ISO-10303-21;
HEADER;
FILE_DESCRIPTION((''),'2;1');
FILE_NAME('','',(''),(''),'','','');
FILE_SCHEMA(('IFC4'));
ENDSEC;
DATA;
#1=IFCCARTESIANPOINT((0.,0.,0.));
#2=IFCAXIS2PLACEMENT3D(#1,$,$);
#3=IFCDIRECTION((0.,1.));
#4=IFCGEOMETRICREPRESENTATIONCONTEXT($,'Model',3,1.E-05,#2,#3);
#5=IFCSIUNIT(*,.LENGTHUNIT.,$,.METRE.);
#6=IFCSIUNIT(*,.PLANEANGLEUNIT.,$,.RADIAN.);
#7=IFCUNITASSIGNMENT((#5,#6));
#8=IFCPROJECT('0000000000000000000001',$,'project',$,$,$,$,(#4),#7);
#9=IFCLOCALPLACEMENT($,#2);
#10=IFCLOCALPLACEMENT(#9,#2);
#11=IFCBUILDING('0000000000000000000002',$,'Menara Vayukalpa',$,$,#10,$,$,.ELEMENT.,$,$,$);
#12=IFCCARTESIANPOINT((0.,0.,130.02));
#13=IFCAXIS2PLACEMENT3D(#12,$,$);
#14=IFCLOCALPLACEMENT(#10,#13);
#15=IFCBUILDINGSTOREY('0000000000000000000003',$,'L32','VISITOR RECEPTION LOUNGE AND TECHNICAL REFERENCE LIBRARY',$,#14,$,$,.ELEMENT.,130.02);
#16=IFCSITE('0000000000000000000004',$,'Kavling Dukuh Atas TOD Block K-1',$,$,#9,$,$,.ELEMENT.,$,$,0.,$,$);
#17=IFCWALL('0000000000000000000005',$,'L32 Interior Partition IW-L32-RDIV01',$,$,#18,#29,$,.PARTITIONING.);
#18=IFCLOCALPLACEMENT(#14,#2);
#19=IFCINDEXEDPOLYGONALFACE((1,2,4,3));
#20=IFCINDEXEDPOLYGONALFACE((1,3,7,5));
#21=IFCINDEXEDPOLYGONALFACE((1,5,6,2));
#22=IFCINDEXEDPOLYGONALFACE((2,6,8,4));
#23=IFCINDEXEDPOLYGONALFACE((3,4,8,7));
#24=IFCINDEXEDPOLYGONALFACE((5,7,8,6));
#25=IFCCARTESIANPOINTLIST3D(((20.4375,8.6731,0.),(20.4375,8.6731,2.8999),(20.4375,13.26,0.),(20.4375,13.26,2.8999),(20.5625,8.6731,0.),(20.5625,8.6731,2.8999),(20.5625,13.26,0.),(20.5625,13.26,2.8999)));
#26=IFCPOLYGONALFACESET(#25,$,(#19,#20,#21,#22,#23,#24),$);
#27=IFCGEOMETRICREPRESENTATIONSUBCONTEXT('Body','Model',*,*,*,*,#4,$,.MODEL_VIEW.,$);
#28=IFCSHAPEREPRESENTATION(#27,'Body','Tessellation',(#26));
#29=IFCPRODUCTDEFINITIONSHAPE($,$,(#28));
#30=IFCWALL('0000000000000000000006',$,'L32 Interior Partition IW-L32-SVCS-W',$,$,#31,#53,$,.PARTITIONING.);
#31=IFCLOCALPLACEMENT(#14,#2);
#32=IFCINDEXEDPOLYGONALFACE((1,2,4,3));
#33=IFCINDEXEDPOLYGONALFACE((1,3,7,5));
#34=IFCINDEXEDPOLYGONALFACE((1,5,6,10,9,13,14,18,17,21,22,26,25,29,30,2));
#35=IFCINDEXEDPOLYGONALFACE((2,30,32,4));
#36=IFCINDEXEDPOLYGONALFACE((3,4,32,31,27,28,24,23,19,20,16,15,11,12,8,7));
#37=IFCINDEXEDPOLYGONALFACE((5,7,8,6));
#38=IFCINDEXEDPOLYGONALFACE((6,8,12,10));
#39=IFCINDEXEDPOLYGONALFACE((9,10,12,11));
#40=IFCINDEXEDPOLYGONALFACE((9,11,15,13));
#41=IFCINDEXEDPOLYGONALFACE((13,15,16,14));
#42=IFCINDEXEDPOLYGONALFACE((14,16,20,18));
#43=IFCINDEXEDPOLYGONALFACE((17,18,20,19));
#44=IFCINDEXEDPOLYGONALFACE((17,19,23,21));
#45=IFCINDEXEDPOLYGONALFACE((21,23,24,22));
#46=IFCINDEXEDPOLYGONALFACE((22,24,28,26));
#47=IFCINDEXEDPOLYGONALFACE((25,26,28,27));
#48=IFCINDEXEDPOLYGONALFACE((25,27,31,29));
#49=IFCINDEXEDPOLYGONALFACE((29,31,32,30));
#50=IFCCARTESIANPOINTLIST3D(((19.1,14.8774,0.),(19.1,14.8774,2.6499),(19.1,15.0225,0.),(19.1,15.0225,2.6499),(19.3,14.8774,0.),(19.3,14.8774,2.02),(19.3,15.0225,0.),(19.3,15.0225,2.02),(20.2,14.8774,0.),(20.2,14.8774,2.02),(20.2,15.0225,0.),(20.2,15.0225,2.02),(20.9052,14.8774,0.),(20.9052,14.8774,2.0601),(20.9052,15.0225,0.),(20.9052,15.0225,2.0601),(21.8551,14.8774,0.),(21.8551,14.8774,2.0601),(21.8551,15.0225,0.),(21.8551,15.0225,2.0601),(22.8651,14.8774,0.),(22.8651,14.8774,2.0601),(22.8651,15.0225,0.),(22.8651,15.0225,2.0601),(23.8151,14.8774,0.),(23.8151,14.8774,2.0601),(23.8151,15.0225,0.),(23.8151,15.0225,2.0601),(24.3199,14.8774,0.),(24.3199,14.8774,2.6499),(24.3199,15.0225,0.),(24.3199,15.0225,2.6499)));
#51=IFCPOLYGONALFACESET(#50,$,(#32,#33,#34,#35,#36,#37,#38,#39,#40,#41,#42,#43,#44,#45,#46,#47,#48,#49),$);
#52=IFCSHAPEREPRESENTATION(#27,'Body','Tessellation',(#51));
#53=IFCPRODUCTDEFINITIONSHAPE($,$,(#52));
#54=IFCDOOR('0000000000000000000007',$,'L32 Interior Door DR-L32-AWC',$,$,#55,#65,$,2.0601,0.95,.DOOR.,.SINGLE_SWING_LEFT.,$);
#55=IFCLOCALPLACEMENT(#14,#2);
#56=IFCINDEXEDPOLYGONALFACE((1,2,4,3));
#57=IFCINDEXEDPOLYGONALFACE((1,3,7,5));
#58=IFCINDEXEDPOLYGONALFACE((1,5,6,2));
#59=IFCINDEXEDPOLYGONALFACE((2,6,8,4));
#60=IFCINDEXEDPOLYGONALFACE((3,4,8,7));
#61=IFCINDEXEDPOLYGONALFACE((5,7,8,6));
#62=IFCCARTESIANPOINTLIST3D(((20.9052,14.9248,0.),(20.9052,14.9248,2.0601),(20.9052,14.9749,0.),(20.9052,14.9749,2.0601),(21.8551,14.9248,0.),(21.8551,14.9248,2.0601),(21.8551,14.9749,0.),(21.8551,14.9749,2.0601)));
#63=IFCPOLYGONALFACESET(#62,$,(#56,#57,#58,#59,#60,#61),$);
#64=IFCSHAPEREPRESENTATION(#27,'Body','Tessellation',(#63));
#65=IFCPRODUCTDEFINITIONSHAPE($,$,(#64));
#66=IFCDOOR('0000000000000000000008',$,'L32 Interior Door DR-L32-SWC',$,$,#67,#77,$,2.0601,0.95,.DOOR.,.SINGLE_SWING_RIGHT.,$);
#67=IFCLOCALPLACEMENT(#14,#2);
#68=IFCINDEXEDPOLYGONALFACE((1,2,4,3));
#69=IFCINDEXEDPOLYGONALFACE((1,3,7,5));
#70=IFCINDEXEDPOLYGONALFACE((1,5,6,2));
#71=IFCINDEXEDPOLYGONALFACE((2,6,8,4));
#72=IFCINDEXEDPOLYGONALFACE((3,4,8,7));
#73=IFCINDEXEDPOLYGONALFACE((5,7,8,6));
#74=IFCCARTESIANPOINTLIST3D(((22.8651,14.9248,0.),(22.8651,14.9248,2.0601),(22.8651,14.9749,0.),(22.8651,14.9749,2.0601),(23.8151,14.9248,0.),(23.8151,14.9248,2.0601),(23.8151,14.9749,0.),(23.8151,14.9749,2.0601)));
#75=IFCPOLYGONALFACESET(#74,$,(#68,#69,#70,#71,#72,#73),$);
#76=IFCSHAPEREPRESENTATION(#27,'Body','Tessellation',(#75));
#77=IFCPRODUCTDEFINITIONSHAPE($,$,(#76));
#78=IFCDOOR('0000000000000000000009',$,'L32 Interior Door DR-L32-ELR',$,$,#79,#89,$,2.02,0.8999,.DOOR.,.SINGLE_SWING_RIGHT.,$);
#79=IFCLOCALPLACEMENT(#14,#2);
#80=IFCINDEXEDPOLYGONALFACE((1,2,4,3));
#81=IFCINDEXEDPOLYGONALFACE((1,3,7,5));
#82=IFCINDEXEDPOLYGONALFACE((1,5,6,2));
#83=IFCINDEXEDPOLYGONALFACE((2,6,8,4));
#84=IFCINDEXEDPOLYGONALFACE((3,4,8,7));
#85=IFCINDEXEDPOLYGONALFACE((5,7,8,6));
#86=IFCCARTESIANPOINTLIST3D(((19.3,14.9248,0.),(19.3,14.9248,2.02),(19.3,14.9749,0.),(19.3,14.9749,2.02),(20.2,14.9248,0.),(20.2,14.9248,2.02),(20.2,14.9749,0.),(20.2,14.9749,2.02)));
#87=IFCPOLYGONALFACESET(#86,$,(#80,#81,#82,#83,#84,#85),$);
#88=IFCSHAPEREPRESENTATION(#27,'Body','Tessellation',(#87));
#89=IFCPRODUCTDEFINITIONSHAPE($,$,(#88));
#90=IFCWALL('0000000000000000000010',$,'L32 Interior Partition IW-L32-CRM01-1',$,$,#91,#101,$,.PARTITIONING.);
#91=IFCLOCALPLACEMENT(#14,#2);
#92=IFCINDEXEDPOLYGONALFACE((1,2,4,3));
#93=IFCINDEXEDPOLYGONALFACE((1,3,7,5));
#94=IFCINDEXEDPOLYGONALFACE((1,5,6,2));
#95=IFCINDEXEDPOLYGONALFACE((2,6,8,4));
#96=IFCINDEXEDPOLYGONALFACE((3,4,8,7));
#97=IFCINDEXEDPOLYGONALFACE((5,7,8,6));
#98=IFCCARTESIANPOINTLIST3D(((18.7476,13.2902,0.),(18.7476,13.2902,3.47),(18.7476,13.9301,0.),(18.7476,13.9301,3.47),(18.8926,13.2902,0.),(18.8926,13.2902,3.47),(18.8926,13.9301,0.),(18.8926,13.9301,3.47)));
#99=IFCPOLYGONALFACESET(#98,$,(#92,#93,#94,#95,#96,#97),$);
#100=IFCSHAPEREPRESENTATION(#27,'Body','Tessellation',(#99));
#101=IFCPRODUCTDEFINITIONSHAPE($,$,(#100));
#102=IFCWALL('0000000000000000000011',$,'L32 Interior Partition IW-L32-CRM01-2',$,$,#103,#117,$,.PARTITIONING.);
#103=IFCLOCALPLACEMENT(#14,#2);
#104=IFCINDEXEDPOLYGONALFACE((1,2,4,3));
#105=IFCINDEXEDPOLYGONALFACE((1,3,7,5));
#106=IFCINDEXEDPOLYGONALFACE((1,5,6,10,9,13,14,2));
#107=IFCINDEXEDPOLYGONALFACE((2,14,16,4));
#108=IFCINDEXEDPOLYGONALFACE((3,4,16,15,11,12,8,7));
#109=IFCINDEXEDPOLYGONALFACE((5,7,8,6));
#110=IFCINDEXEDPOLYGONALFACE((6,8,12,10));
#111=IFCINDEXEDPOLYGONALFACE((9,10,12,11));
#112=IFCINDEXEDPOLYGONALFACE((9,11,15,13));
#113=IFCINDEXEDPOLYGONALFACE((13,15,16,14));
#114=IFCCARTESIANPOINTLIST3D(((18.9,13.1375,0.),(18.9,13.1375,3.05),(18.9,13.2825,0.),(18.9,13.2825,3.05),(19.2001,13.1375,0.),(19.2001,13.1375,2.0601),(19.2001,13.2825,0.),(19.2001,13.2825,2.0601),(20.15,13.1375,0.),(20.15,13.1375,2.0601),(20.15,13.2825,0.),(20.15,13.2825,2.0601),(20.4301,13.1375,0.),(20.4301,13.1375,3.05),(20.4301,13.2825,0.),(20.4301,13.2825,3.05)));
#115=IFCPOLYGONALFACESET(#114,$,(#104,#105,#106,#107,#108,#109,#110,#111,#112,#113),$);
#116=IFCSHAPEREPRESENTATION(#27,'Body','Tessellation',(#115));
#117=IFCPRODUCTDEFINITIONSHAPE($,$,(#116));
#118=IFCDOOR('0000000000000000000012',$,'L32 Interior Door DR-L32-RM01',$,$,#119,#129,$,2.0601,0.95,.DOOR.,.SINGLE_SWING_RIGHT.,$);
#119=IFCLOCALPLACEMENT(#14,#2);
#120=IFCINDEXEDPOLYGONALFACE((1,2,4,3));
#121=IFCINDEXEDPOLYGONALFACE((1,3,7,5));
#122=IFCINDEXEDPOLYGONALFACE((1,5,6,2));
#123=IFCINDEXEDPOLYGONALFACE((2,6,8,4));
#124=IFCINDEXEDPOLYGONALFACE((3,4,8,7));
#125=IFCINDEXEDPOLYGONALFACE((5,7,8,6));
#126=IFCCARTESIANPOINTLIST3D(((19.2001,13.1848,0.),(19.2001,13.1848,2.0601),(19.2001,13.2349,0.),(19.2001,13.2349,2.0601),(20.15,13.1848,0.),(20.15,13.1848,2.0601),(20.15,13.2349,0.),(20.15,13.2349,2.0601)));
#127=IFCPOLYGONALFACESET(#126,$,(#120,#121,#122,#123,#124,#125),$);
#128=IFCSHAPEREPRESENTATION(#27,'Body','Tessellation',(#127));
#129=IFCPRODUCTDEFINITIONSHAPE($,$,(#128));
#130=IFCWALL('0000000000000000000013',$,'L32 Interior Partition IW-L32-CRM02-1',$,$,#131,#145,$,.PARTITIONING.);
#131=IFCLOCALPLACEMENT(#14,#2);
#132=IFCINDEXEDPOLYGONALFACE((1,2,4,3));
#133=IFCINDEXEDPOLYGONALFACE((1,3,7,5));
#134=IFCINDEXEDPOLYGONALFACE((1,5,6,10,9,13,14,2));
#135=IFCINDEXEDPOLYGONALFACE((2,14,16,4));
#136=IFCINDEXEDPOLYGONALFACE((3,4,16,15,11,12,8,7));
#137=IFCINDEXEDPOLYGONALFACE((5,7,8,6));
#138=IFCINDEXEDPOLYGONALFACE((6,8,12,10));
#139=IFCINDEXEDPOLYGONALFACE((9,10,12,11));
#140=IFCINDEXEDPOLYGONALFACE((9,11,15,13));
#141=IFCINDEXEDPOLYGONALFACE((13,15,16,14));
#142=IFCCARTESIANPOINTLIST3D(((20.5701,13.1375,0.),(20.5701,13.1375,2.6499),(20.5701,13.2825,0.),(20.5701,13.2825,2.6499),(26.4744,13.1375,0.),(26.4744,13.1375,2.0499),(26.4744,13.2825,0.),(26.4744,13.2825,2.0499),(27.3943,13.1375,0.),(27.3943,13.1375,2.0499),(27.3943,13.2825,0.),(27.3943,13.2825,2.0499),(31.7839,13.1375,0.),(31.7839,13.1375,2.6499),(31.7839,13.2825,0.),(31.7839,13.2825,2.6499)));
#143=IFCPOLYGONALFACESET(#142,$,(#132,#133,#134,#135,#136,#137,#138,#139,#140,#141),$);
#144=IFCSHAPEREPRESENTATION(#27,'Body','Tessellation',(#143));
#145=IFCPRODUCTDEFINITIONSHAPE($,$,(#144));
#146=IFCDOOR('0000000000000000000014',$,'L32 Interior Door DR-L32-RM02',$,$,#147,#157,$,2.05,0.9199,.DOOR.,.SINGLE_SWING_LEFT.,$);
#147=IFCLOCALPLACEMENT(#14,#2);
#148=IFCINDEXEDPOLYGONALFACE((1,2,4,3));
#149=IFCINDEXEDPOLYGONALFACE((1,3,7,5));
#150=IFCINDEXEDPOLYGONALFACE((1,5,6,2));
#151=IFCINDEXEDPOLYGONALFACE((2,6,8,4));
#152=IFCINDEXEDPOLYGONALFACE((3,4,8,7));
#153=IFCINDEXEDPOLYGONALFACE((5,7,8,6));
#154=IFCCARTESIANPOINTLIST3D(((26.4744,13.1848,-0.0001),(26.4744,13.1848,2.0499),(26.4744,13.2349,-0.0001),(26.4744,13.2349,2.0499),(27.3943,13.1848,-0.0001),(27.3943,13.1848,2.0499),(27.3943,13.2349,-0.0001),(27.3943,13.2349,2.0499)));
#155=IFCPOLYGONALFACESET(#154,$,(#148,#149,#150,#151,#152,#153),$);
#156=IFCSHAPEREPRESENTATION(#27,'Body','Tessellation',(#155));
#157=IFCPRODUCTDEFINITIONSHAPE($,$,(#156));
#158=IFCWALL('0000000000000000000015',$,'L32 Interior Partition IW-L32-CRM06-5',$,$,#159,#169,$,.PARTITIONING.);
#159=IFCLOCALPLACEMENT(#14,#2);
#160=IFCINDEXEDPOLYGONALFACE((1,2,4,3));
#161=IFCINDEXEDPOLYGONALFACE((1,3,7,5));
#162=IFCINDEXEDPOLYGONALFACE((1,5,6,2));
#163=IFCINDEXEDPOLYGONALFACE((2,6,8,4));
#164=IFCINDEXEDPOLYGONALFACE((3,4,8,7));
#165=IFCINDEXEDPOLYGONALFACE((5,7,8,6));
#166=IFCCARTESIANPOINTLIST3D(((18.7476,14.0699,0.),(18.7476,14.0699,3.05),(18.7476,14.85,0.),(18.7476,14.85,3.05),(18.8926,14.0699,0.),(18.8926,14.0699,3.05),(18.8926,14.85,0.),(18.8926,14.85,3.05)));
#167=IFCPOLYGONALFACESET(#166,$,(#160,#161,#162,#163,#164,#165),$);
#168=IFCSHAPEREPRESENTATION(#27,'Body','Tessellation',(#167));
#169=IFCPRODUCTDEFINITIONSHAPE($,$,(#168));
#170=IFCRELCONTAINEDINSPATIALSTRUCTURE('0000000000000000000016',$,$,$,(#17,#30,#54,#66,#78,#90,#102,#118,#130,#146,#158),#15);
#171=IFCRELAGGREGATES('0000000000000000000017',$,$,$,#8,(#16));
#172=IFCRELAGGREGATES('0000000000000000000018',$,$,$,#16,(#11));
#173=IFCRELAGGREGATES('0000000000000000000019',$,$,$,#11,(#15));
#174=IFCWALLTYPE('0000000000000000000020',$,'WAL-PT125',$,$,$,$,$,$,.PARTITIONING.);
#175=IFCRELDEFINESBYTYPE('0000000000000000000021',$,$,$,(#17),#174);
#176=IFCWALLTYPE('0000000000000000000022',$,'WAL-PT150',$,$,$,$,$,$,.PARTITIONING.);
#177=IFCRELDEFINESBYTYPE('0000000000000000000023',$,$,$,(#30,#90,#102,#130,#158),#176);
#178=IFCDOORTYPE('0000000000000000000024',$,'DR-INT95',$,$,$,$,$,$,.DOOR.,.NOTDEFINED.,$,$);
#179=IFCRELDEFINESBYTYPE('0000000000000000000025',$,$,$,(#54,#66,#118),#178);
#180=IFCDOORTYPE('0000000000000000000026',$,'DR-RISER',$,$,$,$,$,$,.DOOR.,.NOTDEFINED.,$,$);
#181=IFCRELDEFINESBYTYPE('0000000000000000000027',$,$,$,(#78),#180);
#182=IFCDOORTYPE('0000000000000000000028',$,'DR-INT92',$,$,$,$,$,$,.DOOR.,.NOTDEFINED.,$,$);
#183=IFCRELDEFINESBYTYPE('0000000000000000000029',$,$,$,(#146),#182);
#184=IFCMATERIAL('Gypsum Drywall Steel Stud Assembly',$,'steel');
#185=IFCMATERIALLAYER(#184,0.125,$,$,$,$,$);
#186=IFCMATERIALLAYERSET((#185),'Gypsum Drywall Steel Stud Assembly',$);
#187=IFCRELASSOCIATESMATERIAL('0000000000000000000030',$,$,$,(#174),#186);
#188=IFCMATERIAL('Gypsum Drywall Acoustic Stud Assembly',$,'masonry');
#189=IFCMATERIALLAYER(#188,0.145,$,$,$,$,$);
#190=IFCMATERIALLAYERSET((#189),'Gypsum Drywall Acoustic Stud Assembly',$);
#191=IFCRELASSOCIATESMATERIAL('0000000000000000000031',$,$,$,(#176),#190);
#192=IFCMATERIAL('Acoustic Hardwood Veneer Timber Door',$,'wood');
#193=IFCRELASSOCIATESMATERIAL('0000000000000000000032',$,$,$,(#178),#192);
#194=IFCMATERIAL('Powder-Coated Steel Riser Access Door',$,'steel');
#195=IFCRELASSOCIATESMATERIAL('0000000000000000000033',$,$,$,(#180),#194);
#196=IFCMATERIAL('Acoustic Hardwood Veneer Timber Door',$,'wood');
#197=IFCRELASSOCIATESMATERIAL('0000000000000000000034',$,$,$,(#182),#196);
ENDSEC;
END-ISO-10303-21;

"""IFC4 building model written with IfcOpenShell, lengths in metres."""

from ifc_helpers import new_model, si_unit, direction, frame, frame_2d, origin, place, context, subcontext, project, spatial, rectangle, extrude, material, layer, layer_set, type_object, element, fill, save


model = new_model("IFC4")

# Units and contexts
model_context = context("Model", 3, precision=1e-05, world=origin(), true_north=direction((0.0, 1.0)))
body_context = subcontext(model_context, "Body", "Model", "MODEL_VIEW")
ifc_project = project(units=[si_unit("LENGTHUNIT", "METRE"), si_unit("PLANEANGLEUNIT", "RADIAN")], contexts=[model_context])

# Site, building, storey
site_placement = place(None, origin())
site = spatial("IfcSite", under=ifc_project, at=site_placement, Name="Kavling Dukuh Atas TOD Block K-1", CompositionType="ELEMENT", RefElevation=0.0)
building_placement = place(site_placement, origin())
building = spatial("IfcBuilding", under=site, at=building_placement, Name="Menara Vayukalpa", CompositionType="ELEMENT")
storey_placement = place(building_placement, frame((0.0, 0.0, 130.02)))
storey = spatial("IfcBuildingStorey", under=building, at=storey_placement, Name="L32", Description="VISITOR RECEPTION LOUNGE AND TECHNICAL REFERENCE LIBRARY", CompositionType="ELEMENT", Elevation=130.02)

# Wall
ifc_material_1 = material(Name="Gypsum Drywall Steel Stud Assembly", Category="steel")
ifc_layer_1 = layer(ifc_material_1, 0.125)
ifc_layer_set_1 = layer_set([ifc_layer_1], Name="Gypsum Drywall Steel Stud Assembly")
wall_type_1 = type_object("IfcWallType", Name="WAL-PT125", PredefinedType="PARTITIONING", material=ifc_layer_set_1)
wall_1_placement = place(storey_placement, frame((20.5, 8.6731, 0.0), z_axis=(0.0, 0.0, 1.0), x_axis=(0.0, 1.0, 0.0)))
element("IfcWall", 1, at=wall_1_placement, inside=storey, type_object=wall_type_1, Name="L32 Interior Partition IW-L32-RDIV01", PredefinedType="PARTITIONING", context=body_context, shape_type="SweptSolid", body=[
    extrude(rectangle(XDim=4.5869, YDim=0.125, at=frame_2d((2.2935, 0.0))), origin(), (0.0, 0.0, 1.0), 2.8999),
])

# Wall, openings, doors
ifc_material_2 = material(Name="Gypsum Drywall Acoustic Stud Assembly", Category="masonry")
ifc_layer_2 = layer(ifc_material_2, 0.145)
ifc_layer_set_2 = layer_set([ifc_layer_2], Name="Gypsum Drywall Acoustic Stud Assembly")
wall_type_2 = type_object("IfcWallType", Name="WAL-PT150", PredefinedType="PARTITIONING", material=ifc_layer_set_2)
wall_2_placement = place(storey_placement, frame((19.1001, 14.95, 0.0), z_axis=(0.0, 0.0, 1.0), x_axis=(1.0, 0.0, 0.0)))
wall_2 = element("IfcWall", 2, at=wall_2_placement, inside=storey, type_object=wall_type_2, Name="L32 Interior Partition IW-L32-SVCS-W", PredefinedType="PARTITIONING", context=body_context, shape_type="SweptSolid", body=[
    extrude(rectangle(XDim=5.22, YDim=0.145, at=frame_2d((2.6099, 0.0))), origin(), (0.0, 0.0, 1.0), 2.6499),
])
opening_1_placement = place(wall_2_placement, frame((0.2, 0.0, 0.0)))
opening_1 = element("IfcOpeningElement", 3, at=opening_1_placement, cuts=wall_2, PredefinedType="OPENING", context=body_context, shape_type="SweptSolid", body=[
    extrude(rectangle(XDim=0.8999, YDim=2.02, at=frame_2d((0.45, 1.01))), frame((0.0, 0.0825, 0.0), z_axis=(0.0, -1.0, 0.0), x_axis=(1.0, 0.0, 0.0)), (0.0, 0.0, 1.0), 0.165),
])
opening_2_placement = place(wall_2_placement, frame((1.8049, 0.0, 0.0)))
opening_2 = element("IfcOpeningElement", 4, at=opening_2_placement, cuts=wall_2, PredefinedType="OPENING", context=body_context, shape_type="SweptSolid", body=[
    extrude(rectangle(XDim=0.95, YDim=2.0601, at=frame_2d((0.4751, 1.03))), frame((0.0, 0.0825, 0.0), z_axis=(0.0, -1.0, 0.0), x_axis=(1.0, 0.0, 0.0)), (0.0, 0.0, 1.0), 0.165),
])
opening_3_placement = place(wall_2_placement, frame((3.7649, 0.0, 0.0)))
opening_3 = element("IfcOpeningElement", 5, at=opening_3_placement, cuts=wall_2, PredefinedType="OPENING", context=body_context, shape_type="SweptSolid", body=[
    extrude(rectangle(XDim=0.95, YDim=2.0601, at=frame_2d((0.4751, 1.03))), frame((0.0, 0.0825, 0.0), z_axis=(0.0, -1.0, 0.0), x_axis=(1.0, 0.0, 0.0)), (0.0, 0.0, 1.0), 0.165),
])
ifc_material_3 = material(Name="Acoustic Hardwood Veneer Timber Door", Category="wood")
door_type_1 = type_object("IfcDoorType", Name="DR-INT95", OperationType="NOTDEFINED", PredefinedType="DOOR", material=ifc_material_3)
door_1_placement = place(opening_2_placement, origin())
door_1 = element("IfcDoor", 6, at=door_1_placement, inside=storey, type_object=door_type_1, Name="L32 Interior Door DR-L32-AWC", OperationType="SINGLE_SWING_LEFT", OverallHeight=2.0601, OverallWidth=0.95, PredefinedType="DOOR", context=body_context, shape_type="SweptSolid", body=[
    extrude(rectangle(XDim=0.95, YDim=2.0601, at=frame_2d((0.4751, 1.03))), frame((0.0, 0.0249, 0.0), z_axis=(0.0, -1.0, 0.0), x_axis=(1.0, 0.0, 0.0)), (0.0, 0.0, 1.0), 0.05),
])
fill(opening_2, door_1)
door_2_placement = place(opening_3_placement, origin())
door_2 = element("IfcDoor", 7, at=door_2_placement, inside=storey, type_object=door_type_1, Name="L32 Interior Door DR-L32-SWC", OperationType="SINGLE_SWING_RIGHT", OverallHeight=2.0601, OverallWidth=0.95, PredefinedType="DOOR", context=body_context, shape_type="SweptSolid", body=[
    extrude(rectangle(XDim=0.95, YDim=2.0601, at=frame_2d((0.4751, 1.03))), frame((0.0, 0.0249, 0.0), z_axis=(0.0, -1.0, 0.0), x_axis=(1.0, 0.0, 0.0)), (0.0, 0.0, 1.0), 0.05),
])
fill(opening_3, door_2)
ifc_material_4 = material(Name="Powder-Coated Steel Riser Access Door", Category="steel")
door_type_2 = type_object("IfcDoorType", Name="DR-RISER", OperationType="NOTDEFINED", PredefinedType="DOOR", material=ifc_material_4)
door_3_placement = place(opening_1_placement, origin())
door_3 = element("IfcDoor", 8, at=door_3_placement, inside=storey, type_object=door_type_2, Name="L32 Interior Door DR-L32-ELR", OperationType="SINGLE_SWING_RIGHT", OverallHeight=2.02, OverallWidth=0.8999, PredefinedType="DOOR", context=body_context, shape_type="SweptSolid", body=[
    extrude(rectangle(XDim=0.8999, YDim=2.02, at=frame_2d((0.45, 1.01))), frame((0.0, 0.0249, 0.0), z_axis=(0.0, -1.0, 0.0), x_axis=(1.0, 0.0, 0.0)), (0.0, 0.0, 1.0), 0.05),
])
fill(opening_1, door_3)

# Wall
wall_3_placement = place(storey_placement, frame((18.8201, 13.9299, 0.0), z_axis=(0.0, 0.0, 1.0), x_axis=(0.0, -1.0, 0.0)))
element("IfcWall", 9, at=wall_3_placement, inside=storey, type_object=wall_type_2, Name="L32 Interior Partition IW-L32-CRM01-1", PredefinedType="PARTITIONING", context=body_context, shape_type="SweptSolid", body=[
    extrude(rectangle(XDim=0.6399, YDim=0.145, at=frame_2d((0.3198, 0.0))), origin(), (0.0, 0.0, 1.0), 3.47),
])

# Walls, openings, doors
wall_4_placement = place(storey_placement, frame((18.8999, 13.21, 0.0), z_axis=(0.0, 0.0, 1.0), x_axis=(1.0, 0.0, 0.0)))
wall_4 = element("IfcWall", 10, at=wall_4_placement, inside=storey, type_object=wall_type_2, Name="L32 Interior Partition IW-L32-CRM01-2", PredefinedType="PARTITIONING", context=body_context, shape_type="SweptSolid", body=[
    extrude(rectangle(XDim=1.53, YDim=0.145, at=frame_2d((0.7651, 0.0))), origin(), (0.0, 0.0, 1.0), 3.05),
])
opening_4_placement = place(wall_4_placement, frame((0.3, 0.0, 0.0)))
opening_4 = element("IfcOpeningElement", 11, at=opening_4_placement, cuts=wall_4, PredefinedType="OPENING", context=body_context, shape_type="SweptSolid", body=[
    extrude(rectangle(XDim=0.95, YDim=2.0601, at=frame_2d((0.4751, 1.03))), frame((0.0, 0.0825, 0.0), z_axis=(0.0, -1.0, 0.0), x_axis=(1.0, 0.0, 0.0)), (0.0, 0.0, 1.0), 0.165),
])
door_4_placement = place(opening_4_placement, origin())
door_4 = element("IfcDoor", 12, at=door_4_placement, inside=storey, type_object=door_type_1, Name="L32 Interior Door DR-L32-RM01", OperationType="SINGLE_SWING_RIGHT", OverallHeight=2.0601, OverallWidth=0.95, PredefinedType="DOOR", context=body_context, shape_type="SweptSolid", body=[
    extrude(rectangle(XDim=0.95, YDim=2.0601, at=frame_2d((0.4751, 1.03))), frame((0.0, 0.0249, 0.0), z_axis=(0.0, -1.0, 0.0), x_axis=(1.0, 0.0, 0.0)), (0.0, 0.0, 1.0), 0.05),
])
fill(opening_4, door_4)
wall_5_placement = place(storey_placement, frame((20.5701, 13.21, 0.0), z_axis=(0.0, 0.0, 1.0), x_axis=(1.0, 0.0, 0.0)))
wall_5 = element("IfcWall", 13, at=wall_5_placement, inside=storey, type_object=wall_type_2, Name="L32 Interior Partition IW-L32-CRM02-1", PredefinedType="PARTITIONING", context=body_context, shape_type="SweptSolid", body=[
    extrude(rectangle(XDim=11.2139, YDim=0.145, at=frame_2d((5.6069, 0.0))), origin(), (0.0, 0.0, 1.0), 2.6499),
])
opening_5_placement = place(wall_5_placement, frame((5.9043, 0.0, 0.0)))
opening_5 = element("IfcOpeningElement", 14, at=opening_5_placement, cuts=wall_5, PredefinedType="OPENING", context=body_context, shape_type="SweptSolid", body=[
    extrude(rectangle(XDim=0.9199, YDim=2.05, at=frame_2d((0.46, 1.0249))), frame((0.0, 0.0825, 0.0), z_axis=(0.0, -1.0, 0.0), x_axis=(1.0, 0.0, 0.0)), (0.0, 0.0, 1.0), 0.165),
])
ifc_material_5 = material(Name="Acoustic Hardwood Veneer Timber Door", Category="wood")
door_type_3 = type_object("IfcDoorType", Name="DR-INT92", OperationType="NOTDEFINED", PredefinedType="DOOR", material=ifc_material_5)
door_5_placement = place(opening_5_placement, origin())
door_5 = element("IfcDoor", 15, at=door_5_placement, inside=storey, type_object=door_type_3, Name="L32 Interior Door DR-L32-RM02", OperationType="SINGLE_SWING_LEFT", OverallHeight=2.05, OverallWidth=0.9199, PredefinedType="DOOR", context=body_context, shape_type="SweptSolid", body=[
    extrude(rectangle(XDim=0.9199, YDim=2.05, at=frame_2d((0.46, 1.0249))), frame((0.0, 0.0249, 0.0), z_axis=(0.0, -1.0, 0.0), x_axis=(1.0, 0.0, 0.0)), (0.0, 0.0, 1.0), 0.05),
])
fill(opening_5, door_5)

# Wall
wall_6_placement = place(storey_placement, frame((18.8201, 14.8501, 0.0), z_axis=(0.0, 0.0, 1.0), x_axis=(0.0, -1.0, 0.0)))
element("IfcWall", 16, at=wall_6_placement, inside=storey, type_object=wall_type_2, Name="L32 Interior Partition IW-L32-CRM06-5", PredefinedType="PARTITIONING", context=body_context, shape_type="SweptSolid", body=[
    extrude(rectangle(XDim=0.78, YDim=0.145, at=frame_2d((0.3901, 0.0))), origin(), (0.0, 0.0, 1.0), 3.05),
])

save(model, "model.ifc")
